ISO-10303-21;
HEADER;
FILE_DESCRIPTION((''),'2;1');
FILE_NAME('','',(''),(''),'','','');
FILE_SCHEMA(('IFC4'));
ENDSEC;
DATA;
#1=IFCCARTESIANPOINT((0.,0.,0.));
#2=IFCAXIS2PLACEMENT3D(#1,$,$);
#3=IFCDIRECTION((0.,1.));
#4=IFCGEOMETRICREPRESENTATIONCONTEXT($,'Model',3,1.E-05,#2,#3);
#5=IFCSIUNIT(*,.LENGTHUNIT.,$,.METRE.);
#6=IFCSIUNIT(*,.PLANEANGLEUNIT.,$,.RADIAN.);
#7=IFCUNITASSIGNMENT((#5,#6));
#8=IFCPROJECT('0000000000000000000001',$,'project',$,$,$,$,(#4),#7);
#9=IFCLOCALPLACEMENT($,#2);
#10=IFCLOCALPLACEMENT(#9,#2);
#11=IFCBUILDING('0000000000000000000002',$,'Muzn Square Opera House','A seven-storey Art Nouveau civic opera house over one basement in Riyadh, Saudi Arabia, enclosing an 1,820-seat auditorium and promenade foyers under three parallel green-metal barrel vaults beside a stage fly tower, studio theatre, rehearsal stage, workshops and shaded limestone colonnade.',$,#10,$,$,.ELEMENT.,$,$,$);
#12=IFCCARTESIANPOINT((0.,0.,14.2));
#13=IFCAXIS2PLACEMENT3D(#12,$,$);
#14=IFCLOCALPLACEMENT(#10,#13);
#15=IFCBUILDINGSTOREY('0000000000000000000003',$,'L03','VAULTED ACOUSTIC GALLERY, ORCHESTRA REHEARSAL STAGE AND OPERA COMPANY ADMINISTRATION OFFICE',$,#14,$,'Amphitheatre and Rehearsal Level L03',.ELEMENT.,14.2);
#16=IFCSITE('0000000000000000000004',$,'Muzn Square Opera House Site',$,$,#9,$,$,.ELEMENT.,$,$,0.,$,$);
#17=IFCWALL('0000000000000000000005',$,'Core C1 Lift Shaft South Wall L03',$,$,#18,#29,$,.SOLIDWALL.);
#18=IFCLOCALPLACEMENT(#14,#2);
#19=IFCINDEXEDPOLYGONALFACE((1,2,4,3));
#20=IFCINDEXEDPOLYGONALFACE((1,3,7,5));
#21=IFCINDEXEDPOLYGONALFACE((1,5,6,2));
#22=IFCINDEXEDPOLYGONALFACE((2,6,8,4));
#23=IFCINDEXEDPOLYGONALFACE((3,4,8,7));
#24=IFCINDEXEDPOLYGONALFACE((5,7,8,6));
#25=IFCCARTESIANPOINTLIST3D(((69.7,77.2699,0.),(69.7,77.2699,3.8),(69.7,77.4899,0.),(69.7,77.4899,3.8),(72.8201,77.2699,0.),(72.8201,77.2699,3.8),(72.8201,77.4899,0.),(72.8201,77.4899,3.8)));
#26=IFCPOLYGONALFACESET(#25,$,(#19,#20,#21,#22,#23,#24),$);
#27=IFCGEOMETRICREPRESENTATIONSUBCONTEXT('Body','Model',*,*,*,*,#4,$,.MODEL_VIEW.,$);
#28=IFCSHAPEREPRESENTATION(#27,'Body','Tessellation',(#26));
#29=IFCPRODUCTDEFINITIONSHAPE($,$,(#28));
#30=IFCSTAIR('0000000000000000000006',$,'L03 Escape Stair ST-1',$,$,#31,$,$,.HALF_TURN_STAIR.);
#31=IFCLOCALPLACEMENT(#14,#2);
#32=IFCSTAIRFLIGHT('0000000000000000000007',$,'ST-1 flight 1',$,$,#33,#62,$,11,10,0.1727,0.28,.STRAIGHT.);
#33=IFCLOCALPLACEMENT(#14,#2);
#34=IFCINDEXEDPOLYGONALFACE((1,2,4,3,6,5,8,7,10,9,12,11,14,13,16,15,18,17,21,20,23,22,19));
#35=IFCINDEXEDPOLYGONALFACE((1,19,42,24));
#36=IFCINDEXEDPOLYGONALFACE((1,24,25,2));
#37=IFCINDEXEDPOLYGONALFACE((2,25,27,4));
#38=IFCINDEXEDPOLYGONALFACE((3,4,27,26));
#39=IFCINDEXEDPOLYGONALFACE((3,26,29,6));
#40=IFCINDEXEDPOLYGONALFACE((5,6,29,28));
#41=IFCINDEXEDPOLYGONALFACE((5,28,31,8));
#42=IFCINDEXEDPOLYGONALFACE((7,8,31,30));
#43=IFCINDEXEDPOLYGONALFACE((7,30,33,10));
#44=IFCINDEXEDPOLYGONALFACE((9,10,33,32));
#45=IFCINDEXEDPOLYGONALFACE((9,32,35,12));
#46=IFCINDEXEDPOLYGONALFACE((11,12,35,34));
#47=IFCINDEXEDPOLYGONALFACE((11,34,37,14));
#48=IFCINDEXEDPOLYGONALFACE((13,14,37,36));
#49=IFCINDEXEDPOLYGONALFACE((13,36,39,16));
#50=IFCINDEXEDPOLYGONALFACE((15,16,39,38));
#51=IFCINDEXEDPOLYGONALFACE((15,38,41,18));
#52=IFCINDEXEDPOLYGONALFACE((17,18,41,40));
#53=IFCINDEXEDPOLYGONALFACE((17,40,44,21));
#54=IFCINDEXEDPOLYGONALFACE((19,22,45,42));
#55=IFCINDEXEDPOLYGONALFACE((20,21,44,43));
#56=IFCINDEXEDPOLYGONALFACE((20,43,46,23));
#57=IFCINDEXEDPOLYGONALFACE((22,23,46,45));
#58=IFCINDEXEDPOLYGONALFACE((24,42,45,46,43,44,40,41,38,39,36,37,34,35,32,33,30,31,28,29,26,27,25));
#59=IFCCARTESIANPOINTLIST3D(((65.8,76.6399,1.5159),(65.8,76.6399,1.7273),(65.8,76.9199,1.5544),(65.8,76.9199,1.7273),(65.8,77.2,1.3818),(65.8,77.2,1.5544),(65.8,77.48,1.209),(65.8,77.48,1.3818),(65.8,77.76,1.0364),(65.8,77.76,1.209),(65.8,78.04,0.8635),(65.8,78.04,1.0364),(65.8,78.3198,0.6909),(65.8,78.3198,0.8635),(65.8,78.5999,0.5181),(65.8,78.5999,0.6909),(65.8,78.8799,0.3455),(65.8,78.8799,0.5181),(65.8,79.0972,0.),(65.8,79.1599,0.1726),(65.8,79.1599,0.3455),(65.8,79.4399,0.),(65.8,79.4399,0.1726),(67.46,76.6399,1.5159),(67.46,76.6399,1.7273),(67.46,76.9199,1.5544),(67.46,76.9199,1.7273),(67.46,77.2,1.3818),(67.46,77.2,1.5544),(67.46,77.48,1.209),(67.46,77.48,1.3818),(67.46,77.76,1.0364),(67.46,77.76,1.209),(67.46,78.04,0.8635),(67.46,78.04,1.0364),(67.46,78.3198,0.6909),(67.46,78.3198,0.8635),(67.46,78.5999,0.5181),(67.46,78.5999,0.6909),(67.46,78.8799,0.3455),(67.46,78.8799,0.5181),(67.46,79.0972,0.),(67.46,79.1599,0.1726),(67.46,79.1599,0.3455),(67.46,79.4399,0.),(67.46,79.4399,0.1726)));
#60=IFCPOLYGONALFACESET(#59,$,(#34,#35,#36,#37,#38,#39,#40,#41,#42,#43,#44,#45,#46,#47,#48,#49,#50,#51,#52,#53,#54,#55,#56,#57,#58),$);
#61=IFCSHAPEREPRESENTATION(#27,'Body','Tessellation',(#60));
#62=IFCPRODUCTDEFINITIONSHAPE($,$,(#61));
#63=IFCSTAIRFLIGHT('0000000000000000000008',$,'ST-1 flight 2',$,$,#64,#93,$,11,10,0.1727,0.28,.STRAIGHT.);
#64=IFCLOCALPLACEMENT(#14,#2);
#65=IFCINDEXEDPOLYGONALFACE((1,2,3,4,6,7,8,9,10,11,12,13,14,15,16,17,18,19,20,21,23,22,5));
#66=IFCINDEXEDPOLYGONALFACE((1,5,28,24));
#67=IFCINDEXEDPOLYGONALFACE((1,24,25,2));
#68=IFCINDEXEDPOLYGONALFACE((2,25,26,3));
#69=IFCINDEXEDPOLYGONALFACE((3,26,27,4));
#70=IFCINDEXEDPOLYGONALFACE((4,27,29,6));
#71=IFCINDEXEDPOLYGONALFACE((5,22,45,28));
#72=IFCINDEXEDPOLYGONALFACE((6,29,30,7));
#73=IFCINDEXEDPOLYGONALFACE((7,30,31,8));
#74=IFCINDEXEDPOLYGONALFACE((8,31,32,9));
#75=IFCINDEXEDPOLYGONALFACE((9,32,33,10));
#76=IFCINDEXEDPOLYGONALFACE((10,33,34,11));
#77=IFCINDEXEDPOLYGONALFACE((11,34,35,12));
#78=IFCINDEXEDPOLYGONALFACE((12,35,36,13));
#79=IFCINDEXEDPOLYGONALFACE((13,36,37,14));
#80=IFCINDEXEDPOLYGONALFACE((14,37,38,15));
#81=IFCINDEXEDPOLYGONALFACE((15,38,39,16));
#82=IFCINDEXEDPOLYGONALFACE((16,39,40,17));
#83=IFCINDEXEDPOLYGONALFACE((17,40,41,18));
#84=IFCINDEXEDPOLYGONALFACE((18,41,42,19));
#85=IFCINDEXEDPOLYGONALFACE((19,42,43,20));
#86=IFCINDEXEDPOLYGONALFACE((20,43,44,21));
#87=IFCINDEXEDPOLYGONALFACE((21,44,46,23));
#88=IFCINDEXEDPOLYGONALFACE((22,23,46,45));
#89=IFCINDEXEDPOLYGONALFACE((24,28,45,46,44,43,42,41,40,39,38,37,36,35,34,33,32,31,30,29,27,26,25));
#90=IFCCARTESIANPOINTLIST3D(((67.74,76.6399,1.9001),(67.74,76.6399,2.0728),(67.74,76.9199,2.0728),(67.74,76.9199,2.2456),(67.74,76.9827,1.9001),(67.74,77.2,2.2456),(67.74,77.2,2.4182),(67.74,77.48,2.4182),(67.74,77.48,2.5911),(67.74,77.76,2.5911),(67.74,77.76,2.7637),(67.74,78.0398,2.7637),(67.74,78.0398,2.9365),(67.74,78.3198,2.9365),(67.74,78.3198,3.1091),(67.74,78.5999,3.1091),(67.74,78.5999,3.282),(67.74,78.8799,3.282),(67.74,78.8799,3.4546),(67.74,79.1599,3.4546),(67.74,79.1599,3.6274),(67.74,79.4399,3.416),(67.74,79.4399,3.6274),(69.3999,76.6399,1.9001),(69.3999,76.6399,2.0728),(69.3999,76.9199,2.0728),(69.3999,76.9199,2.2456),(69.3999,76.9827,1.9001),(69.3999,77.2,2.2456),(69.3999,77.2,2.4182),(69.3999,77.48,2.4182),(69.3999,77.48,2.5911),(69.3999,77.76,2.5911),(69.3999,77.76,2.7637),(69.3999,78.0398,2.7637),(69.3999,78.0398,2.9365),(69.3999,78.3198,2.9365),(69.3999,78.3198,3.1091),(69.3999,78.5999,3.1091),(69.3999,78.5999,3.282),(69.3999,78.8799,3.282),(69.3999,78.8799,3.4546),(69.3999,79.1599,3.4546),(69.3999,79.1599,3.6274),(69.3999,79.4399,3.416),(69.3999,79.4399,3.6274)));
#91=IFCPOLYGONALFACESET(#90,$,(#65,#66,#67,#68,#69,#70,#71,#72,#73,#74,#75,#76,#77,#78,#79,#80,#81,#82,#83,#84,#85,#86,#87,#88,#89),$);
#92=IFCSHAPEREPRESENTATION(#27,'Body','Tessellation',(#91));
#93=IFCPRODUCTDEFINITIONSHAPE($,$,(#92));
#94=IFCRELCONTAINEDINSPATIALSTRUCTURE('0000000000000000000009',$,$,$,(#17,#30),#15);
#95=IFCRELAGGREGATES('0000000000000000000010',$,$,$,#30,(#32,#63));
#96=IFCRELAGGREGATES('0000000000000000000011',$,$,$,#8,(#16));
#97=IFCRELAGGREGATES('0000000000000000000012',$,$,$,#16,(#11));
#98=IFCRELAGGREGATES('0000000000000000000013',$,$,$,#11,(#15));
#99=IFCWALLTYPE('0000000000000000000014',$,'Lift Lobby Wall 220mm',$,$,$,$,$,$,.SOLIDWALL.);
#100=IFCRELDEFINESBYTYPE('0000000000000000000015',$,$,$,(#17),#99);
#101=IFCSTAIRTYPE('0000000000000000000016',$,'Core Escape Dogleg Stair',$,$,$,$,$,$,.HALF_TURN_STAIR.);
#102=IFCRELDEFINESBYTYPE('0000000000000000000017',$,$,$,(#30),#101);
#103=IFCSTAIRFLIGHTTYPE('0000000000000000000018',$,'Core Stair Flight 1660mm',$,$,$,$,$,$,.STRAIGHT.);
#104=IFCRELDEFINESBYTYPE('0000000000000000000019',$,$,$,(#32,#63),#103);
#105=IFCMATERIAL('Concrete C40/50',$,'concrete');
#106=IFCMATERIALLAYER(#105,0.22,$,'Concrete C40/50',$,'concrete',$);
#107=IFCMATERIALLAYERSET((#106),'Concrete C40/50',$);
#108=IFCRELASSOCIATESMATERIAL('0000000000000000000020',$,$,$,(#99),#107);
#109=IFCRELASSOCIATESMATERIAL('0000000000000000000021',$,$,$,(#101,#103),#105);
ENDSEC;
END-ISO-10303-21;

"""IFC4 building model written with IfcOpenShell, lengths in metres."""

from ifc_helpers import new_model, si_unit, direction, frame, frame_2d, origin, place, context, subcontext, project, spatial, polyline, rectangle, outline, extrude, material, layer, layer_set, type_object, element, aggregate, save


model = new_model("IFC4")

# Units and contexts
model_context = context("Model", 3, precision=1e-05, world=origin(), true_north=direction((0.0, 1.0)))
body_context = subcontext(model_context, "Body", "Model", "MODEL_VIEW")
ifc_project = project(units=[si_unit("LENGTHUNIT", "METRE"), si_unit("PLANEANGLEUNIT", "RADIAN")], contexts=[model_context])

# Site, building, storey
site_placement = place(None, origin())
site = spatial("IfcSite", under=ifc_project, at=site_placement, Name="Muzn Square Opera House Site", CompositionType="ELEMENT", RefElevation=0.0)
building_placement = place(site_placement, origin())
building = spatial("IfcBuilding", under=site, at=building_placement, Name="Muzn Square Opera House", Description="A seven-storey Art Nouveau civic opera house over one basement in Riyadh, Saudi Arabia, enclosing an 1,820-seat auditorium and promenade foyers under three parallel green-metal barrel vaults beside a stage fly tower, studio theatre, rehearsal stage, workshops and shaded limestone colonnade.", CompositionType="ELEMENT")
storey_placement = place(building_placement, frame((0.0, 0.0, 14.2)))
storey = spatial("IfcBuildingStorey", under=building, at=storey_placement, Name="L03", Description="VAULTED ACOUSTIC GALLERY, ORCHESTRA REHEARSAL STAGE AND OPERA COMPANY ADMINISTRATION OFFICE", LongName="Amphitheatre and Rehearsal Level L03", CompositionType="ELEMENT", Elevation=14.2)

# Shared definitions
ifc_material_1 = material(Name="Concrete C40/50", Category="concrete")

# Wall
ifc_layer_1 = layer(ifc_material_1, 0.22, Name="Concrete C40/50", Category="concrete")
ifc_layer_set_1 = layer_set([ifc_layer_1], Name="Concrete C40/50")
wall_type_1 = type_object("IfcWallType", Name="Lift Lobby Wall 220mm", PredefinedType="SOLIDWALL", material=ifc_layer_set_1)
wall_1_placement = place(storey_placement, frame((69.7, 77.3799, 0.0), z_axis=(0.0, 0.0, 1.0), x_axis=(1.0, 0.0, 0.0)))
element("IfcWall", 1, at=wall_1_placement, inside=storey, type_object=wall_type_1, Name="Core C1 Lift Shaft South Wall L03", PredefinedType="SOLIDWALL", context=body_context, shape_type="SweptSolid", body=[
    extrude(rectangle(XDim=3.1201, YDim=0.22, at=frame_2d((1.5601, 0.0))), origin(), (0.0, 0.0, 1.0), 3.8),
])

# Stair, stair flights
stair_type = type_object("IfcStairType", Name="Core Escape Dogleg Stair", PredefinedType="HALF_TURN_STAIR", material=ifc_material_1)
stair_placement = place(storey_placement, origin())
stair = element("IfcStair", 2, at=stair_placement, inside=storey, type_object=stair_type, Name="L03 Escape Stair ST-1", PredefinedType="HALF_TURN_STAIR")
stair_flight_type = type_object("IfcStairFlightType", Name="Core Stair Flight 1660mm", PredefinedType="STRAIGHT", material=ifc_material_1)
stair_flight_1_placement = place(storey_placement, frame((66.6299, 79.4399, 0.0), z_axis=(0.0, 0.0, 1.0), x_axis=(0.0, -1.0, 0.0)))
stair_flight_1 = element("IfcStairFlight", 3, at=stair_flight_1_placement, type_object=stair_flight_type, Name="ST-1 flight 1", NumberOfRisers=11, NumberOfTreads=10, PredefinedType="STRAIGHT", RiserHeight=0.1727, TreadLength=0.28, context=body_context, shape_type="SweptSolid", body=[
    extrude(outline(polyline([(0.0, 0.0), (0.0, 0.1726), (0.28, 0.1726), (0.28, 0.3455), (0.5601, 0.3455), (0.5601, 0.5181), (0.8401, 0.5181), (0.8401, 0.6909), (1.1201, 0.6909), (1.1201, 0.8635), (1.3999, 0.8635), (1.3999, 1.0364), (1.6799, 1.0364), (1.6799, 1.209), (1.96, 1.209), (1.96, 1.3818), (2.24, 1.3818), (2.24, 1.5544), (2.52, 1.5544), (2.52, 1.7273), (2.8, 1.7273), (2.8, 1.8999), (2.8, 1.5159), (0.3428, 0.0), (0.0, 0.0)])), frame((0.0, 0.8301, 0.0), z_axis=(0.0, -1.0, 0.0), x_axis=(1.0, 0.0, 0.0)), (0.0, 0.0, 1.0), 1.6599),
])
stair_flight_2_placement = place(storey_placement, frame((68.5701, 76.6399, 1.9001), z_axis=(0.0, 0.0, 1.0), x_axis=(0.0, 1.0, 0.0)))
stair_flight_2 = element("IfcStairFlight", 4, at=stair_flight_2_placement, type_object=stair_flight_type, Name="ST-1 flight 2", NumberOfRisers=11, NumberOfTreads=10, PredefinedType="STRAIGHT", RiserHeight=0.1727, TreadLength=0.28, context=body_context, shape_type="SweptSolid", body=[
    extrude(outline(polyline([(0.0, 0.0), (0.0, 0.1726), (0.28, 0.1726), (0.28, 0.3455), (0.5601, 0.3455), (0.5601, 0.5181), (0.8401, 0.5181), (0.8401, 0.6909), (1.1201, 0.6909), (1.1201, 0.8635), (1.3999, 0.8635), (1.3999, 1.0364), (1.6799, 1.0364), (1.6799, 1.209), (1.96, 1.209), (1.96, 1.3818), (2.24, 1.3818), (2.24, 1.5544), (2.52, 1.5544), (2.52, 1.7273), (2.8, 1.7273), (2.8, 1.8999), (2.8, 1.5159), (0.3428, 0.0), (0.0, 0.0)])), frame((0.0, 0.8301, 0.0), z_axis=(0.0, -1.0, 0.0), x_axis=(1.0, 0.0, 0.0)), (0.0, 0.0, 1.0), 1.6599),
])
aggregate(stair, [stair_flight_1, stair_flight_2])

save(model, "model.ifc")
